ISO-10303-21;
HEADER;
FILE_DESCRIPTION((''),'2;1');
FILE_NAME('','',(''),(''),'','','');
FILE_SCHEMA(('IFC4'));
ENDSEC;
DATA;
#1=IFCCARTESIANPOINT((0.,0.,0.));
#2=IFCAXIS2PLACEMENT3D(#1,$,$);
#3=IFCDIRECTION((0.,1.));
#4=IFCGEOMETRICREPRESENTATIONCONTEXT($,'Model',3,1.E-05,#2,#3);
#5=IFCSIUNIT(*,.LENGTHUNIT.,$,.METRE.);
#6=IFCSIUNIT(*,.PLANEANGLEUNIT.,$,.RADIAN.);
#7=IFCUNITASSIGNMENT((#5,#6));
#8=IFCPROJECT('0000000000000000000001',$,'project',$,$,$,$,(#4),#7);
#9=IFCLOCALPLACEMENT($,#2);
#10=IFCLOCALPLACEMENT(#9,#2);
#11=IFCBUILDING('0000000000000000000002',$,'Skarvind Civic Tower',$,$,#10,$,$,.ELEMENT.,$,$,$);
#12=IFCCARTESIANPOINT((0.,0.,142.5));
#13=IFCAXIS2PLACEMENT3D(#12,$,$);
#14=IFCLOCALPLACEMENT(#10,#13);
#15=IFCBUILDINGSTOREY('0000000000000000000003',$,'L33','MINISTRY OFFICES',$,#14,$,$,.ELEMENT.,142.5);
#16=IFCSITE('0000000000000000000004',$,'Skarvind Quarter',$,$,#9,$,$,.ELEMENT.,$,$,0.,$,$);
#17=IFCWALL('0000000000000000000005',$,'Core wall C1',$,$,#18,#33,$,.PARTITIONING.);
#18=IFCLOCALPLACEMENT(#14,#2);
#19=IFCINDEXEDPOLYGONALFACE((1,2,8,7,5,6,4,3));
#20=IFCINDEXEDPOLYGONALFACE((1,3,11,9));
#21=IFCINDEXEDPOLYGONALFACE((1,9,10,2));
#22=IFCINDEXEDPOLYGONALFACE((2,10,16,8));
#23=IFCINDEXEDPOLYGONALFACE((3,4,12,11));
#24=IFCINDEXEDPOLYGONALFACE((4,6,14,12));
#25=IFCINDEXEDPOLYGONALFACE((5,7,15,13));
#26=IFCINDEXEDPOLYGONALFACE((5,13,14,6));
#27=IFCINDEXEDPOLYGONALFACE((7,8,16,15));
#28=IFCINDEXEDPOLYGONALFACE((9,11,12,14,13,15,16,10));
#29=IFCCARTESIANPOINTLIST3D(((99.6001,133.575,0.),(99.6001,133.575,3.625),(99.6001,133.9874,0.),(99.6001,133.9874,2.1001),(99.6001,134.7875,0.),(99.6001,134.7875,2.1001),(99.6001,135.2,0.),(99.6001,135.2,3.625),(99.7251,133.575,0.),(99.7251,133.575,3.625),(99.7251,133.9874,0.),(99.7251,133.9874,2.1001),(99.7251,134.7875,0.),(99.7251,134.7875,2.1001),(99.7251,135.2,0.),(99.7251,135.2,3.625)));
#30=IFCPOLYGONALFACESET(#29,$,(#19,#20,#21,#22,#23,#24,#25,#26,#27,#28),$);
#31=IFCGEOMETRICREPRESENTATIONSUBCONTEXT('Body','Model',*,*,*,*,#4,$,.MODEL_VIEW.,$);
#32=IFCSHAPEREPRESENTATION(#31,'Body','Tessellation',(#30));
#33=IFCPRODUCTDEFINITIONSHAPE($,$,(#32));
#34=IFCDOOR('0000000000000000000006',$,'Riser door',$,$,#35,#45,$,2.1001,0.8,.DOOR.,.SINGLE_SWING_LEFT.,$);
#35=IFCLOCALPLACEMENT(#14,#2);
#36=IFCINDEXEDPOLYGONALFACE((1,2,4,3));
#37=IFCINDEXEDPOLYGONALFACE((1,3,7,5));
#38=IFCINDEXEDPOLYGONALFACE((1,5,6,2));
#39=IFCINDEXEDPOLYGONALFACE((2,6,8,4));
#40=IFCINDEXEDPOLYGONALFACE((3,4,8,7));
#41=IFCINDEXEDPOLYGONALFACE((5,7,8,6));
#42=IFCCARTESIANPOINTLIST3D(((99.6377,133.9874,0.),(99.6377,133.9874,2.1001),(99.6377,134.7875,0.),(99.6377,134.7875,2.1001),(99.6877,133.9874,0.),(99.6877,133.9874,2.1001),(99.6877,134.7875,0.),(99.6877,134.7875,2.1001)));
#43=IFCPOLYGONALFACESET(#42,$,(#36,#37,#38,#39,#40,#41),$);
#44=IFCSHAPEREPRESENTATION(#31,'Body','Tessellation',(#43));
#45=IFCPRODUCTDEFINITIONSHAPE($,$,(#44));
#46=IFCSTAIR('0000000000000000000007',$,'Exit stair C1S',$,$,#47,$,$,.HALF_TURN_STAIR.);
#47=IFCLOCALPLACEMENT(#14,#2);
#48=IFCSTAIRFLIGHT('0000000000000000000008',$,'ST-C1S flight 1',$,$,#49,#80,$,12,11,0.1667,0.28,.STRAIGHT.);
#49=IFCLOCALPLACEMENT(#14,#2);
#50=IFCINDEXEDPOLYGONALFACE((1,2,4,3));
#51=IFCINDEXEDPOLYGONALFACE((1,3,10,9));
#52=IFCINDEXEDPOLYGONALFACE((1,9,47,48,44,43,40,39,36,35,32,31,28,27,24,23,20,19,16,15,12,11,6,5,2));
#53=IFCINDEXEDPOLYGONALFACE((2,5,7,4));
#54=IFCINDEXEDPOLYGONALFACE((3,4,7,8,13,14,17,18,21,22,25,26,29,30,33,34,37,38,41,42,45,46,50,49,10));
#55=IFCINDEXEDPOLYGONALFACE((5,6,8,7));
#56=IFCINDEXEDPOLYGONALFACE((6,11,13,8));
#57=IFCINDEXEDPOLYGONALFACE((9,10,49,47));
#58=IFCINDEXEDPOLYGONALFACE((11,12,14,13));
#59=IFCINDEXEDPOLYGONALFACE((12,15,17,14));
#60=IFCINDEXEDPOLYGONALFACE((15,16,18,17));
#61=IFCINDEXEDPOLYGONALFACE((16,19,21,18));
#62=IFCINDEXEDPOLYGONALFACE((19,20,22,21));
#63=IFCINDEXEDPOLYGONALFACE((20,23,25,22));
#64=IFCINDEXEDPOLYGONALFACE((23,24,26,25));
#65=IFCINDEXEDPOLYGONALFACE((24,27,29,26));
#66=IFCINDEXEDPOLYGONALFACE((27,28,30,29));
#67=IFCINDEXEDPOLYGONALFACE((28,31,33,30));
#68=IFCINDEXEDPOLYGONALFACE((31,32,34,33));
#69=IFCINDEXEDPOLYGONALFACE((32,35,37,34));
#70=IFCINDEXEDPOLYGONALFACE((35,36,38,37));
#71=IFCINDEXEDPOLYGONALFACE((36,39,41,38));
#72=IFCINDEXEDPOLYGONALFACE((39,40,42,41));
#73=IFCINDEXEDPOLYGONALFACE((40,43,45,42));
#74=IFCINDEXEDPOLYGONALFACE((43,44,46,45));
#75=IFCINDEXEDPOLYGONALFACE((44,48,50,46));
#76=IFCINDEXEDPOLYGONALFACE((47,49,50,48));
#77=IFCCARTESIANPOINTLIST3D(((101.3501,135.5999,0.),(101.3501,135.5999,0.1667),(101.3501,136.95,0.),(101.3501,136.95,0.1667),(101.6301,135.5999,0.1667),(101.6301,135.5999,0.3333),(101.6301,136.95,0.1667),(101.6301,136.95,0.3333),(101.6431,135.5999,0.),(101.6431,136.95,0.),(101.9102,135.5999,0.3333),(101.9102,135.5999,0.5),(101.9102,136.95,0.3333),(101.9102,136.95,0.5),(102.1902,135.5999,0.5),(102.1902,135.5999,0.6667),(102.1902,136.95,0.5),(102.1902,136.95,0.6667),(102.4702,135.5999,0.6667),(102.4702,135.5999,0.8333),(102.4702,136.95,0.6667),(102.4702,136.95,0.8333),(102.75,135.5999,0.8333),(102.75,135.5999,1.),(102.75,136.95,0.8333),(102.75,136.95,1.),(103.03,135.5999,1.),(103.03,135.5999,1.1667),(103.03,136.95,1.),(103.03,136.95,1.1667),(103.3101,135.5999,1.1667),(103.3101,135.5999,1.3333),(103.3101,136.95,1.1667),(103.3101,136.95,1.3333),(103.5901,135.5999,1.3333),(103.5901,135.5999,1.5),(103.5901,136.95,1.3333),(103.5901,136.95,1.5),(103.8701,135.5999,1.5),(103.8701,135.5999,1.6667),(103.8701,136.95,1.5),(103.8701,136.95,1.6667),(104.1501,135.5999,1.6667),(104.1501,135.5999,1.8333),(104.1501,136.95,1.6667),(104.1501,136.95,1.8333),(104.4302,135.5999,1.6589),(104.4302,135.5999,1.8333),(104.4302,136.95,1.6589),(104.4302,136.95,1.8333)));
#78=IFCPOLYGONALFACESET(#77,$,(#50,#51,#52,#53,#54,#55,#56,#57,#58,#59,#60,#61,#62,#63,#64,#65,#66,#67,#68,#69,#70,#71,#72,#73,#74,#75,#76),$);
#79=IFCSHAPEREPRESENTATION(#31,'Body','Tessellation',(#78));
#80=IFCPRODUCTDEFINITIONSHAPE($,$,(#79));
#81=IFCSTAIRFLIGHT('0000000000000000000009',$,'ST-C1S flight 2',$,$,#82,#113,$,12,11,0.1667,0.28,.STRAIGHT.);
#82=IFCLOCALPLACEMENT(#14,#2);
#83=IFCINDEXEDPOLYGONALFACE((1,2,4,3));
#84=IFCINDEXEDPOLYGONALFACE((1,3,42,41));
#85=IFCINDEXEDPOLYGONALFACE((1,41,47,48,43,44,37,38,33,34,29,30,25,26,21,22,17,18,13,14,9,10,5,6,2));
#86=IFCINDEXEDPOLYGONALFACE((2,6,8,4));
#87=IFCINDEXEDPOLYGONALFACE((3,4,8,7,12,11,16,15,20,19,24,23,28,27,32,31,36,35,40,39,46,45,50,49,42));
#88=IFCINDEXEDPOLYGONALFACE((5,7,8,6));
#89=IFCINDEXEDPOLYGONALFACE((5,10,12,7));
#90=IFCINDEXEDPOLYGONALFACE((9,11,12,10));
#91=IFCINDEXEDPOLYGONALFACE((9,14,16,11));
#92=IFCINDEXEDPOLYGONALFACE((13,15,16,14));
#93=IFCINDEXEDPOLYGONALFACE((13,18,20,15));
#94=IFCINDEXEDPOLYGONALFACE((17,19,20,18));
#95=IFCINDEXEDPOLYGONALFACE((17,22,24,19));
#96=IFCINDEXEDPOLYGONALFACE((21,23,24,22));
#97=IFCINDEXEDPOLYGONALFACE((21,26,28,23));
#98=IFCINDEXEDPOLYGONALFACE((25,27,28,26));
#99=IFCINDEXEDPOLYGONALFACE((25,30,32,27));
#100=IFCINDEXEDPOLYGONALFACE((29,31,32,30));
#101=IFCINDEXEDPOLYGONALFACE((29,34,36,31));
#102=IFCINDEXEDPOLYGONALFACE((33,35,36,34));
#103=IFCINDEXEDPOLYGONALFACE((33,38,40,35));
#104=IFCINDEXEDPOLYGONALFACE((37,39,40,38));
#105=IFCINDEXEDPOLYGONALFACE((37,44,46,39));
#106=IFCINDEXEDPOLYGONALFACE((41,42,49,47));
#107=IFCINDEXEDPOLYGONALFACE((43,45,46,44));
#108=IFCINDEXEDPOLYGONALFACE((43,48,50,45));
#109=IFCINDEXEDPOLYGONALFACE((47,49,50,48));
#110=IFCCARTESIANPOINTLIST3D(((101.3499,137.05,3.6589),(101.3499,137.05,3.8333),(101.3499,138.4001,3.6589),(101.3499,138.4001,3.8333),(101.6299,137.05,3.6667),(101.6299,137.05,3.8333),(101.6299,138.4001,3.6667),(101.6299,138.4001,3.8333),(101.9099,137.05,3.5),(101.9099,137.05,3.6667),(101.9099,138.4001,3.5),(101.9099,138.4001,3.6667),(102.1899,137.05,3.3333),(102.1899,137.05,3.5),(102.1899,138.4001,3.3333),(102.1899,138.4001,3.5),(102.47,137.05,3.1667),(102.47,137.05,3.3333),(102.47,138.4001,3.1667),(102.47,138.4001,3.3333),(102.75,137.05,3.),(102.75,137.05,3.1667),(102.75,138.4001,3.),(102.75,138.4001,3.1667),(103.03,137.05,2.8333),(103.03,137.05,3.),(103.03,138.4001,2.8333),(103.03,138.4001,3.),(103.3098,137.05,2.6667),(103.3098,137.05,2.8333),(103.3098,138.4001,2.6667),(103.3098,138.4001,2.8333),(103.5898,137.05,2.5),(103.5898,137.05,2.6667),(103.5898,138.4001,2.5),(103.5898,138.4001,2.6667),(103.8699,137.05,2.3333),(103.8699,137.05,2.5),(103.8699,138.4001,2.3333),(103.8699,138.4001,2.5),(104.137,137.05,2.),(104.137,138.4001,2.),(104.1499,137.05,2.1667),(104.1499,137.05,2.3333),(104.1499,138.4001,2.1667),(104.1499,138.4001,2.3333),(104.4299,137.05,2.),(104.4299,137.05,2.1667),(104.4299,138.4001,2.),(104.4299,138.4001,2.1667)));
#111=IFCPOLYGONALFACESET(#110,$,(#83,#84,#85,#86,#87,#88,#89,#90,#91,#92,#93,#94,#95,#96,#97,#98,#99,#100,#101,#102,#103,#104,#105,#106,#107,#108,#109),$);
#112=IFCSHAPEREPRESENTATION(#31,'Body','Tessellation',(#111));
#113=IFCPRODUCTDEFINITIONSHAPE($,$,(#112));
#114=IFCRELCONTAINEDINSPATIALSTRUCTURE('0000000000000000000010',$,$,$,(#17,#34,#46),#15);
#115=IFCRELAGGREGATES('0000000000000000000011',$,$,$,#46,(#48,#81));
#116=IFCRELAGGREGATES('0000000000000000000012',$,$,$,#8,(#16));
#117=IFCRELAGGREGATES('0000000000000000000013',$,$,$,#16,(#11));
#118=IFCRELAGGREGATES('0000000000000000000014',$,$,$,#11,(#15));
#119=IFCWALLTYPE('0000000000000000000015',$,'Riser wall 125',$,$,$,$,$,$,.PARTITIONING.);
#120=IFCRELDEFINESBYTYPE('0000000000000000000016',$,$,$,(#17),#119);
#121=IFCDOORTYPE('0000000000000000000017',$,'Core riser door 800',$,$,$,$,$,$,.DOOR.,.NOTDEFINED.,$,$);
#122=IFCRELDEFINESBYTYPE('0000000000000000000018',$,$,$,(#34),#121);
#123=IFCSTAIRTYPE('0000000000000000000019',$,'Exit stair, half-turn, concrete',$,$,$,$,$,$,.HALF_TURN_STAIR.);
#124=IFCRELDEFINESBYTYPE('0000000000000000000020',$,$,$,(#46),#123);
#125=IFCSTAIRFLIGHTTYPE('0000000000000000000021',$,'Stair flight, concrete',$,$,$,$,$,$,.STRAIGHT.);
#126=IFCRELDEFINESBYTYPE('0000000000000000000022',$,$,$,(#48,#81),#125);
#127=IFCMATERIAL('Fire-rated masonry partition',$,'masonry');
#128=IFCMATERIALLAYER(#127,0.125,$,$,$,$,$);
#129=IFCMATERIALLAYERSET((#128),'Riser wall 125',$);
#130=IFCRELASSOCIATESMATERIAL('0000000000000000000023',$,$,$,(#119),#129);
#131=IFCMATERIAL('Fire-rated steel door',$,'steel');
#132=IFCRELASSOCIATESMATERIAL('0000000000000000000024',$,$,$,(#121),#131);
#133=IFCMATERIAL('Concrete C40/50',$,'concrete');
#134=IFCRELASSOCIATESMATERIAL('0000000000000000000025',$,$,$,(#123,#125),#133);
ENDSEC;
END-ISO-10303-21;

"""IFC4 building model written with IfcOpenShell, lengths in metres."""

from ifc_helpers import new_model, si_unit, direction, frame, frame_2d, origin, place, context, subcontext, project, spatial, polyline, rectangle, outline, extrude, material, layer, layer_set, type_object, element, fill, aggregate, save


model = new_model("IFC4")

# Units and contexts
model_context = context("Model", 3, precision=1e-05, world=origin(), true_north=direction((0.0, 1.0)))
body_context = subcontext(model_context, "Body", "Model", "MODEL_VIEW")
ifc_project = project(units=[si_unit("LENGTHUNIT", "METRE"), si_unit("PLANEANGLEUNIT", "RADIAN")], contexts=[model_context])

# Site, building, storey
site_placement = place(None, origin())
site = spatial("IfcSite", under=ifc_project, at=site_placement, Name="Skarvind Quarter", CompositionType="ELEMENT", RefElevation=0.0)
building_placement = place(site_placement, origin())
building = spatial("IfcBuilding", under=site, at=building_placement, Name="Skarvind Civic Tower", CompositionType="ELEMENT")
storey_placement = place(building_placement, frame((0.0, 0.0, 142.5)))
storey = spatial("IfcBuildingStorey", under=building, at=storey_placement, Name="L33", Description="MINISTRY OFFICES", CompositionType="ELEMENT", Elevation=142.5)

# Shared definitions
ifc_material_1 = material(Name="Fire-rated steel door", Category="steel")

# Wall, opening, door
ifc_material_2 = material(Name="Fire-rated masonry partition", Category="masonry")
ifc_layer_1 = layer(ifc_material_2, 0.125)
ifc_layer_set_1 = layer_set([ifc_layer_1], Name="Riser wall 125")
wall_type_1 = type_object("IfcWallType", Name="Riser wall 125", PredefinedType="PARTITIONING", material=ifc_layer_set_1)
wall_1_placement = place(storey_placement, frame((99.6626, 133.575, 0.0), z_axis=(0.0, 0.0, 1.0), x_axis=(0.0, 1.0, 0.0)))
wall_1 = element("IfcWall", 1, at=wall_1_placement, inside=storey, type_object=wall_type_1, Name="Core wall C1", PredefinedType="PARTITIONING", context=body_context, shape_type="SweptSolid", body=[
    extrude(rectangle(XDim=1.625, YDim=0.125, at=frame_2d((0.8125, 0.0))), origin(), (0.0, 0.0, 1.0), 3.625),
])
opening_1_placement = place(wall_1_placement, frame((0.4126, 0.0, 0.0)))
opening_1 = element("IfcOpeningElement", 2, at=opening_1_placement, cuts=wall_1, PredefinedType="OPENING", context=body_context, shape_type="SweptSolid", body=[
    extrude(rectangle(XDim=0.8, YDim=2.1001, at=frame_2d((0.3999, 1.05))), frame((0.0, 0.0725, 0.0), z_axis=(0.0, -1.0, 0.0), x_axis=(1.0, 0.0, 0.0)), (0.0, 0.0, 1.0), 0.145),
])
door_type_1 = type_object("IfcDoorType", Name="Core riser door 800", OperationType="NOTDEFINED", PredefinedType="DOOR", material=ifc_material_1)
door_1_placement = place(opening_1_placement, origin())
door_1 = element("IfcDoor", 3, at=door_1_placement, inside=storey, type_object=door_type_1, Name="Riser door", OperationType="SINGLE_SWING_LEFT", OverallHeight=2.1001, OverallWidth=0.8, PredefinedType="DOOR", context=body_context, shape_type="SweptSolid", body=[
    extrude(rectangle(XDim=0.8, YDim=2.1001, at=frame_2d((0.3999, 1.05))), frame((0.0, 0.0249, 0.0), z_axis=(0.0, -1.0, 0.0), x_axis=(1.0, 0.0, 0.0)), (0.0, 0.0, 1.0), 0.05),
])
fill(opening_1, door_1)

# Stair, stair flights
ifc_material_3 = material(Name="Concrete C40/50", Category="concrete")
stair_type = type_object("IfcStairType", Name="Exit stair, half-turn, concrete", PredefinedType="HALF_TURN_STAIR", material=ifc_material_3)
stair_placement = place(storey_placement, origin())
stair = element("IfcStair", 4, at=stair_placement, inside=storey, type_object=stair_type, Name="Exit stair C1S", PredefinedType="HALF_TURN_STAIR")
stair_flight_type = type_object("IfcStairFlightType", Name="Stair flight, concrete", PredefinedType="STRAIGHT", material=ifc_material_3)
stair_flight_1_placement = place(storey_placement, frame((101.3501, 136.2749, 0.0), z_axis=(0.0, 0.0, 1.0), x_axis=(1.0, 0.0, 0.0)))
stair_flight_1 = element("IfcStairFlight", 5, at=stair_flight_1_placement, type_object=stair_flight_type, Name="ST-C1S flight 1", NumberOfRisers=12, NumberOfTreads=11, PredefinedType="STRAIGHT", RiserHeight=0.1667, TreadLength=0.28, context=body_context, shape_type="SweptSolid", body=[
    extrude(outline(polyline([(0.0, 0.0), (0.0, 0.1667), (0.28, 0.1667), (0.28, 0.3333), (0.5601, 0.3333), (0.5601, 0.5), (0.8401, 0.5), (0.8401, 0.6667), (1.1201, 0.6667), (1.1201, 0.8333), (1.3999, 0.8333), (1.3999, 1.0), (1.6799, 1.0), (1.6799, 1.1667), (1.96, 1.1667), (1.96, 1.3333), (2.24, 1.3333), (2.24, 1.5), (2.52, 1.5), (2.52, 1.6667), (2.8, 1.6667), (2.8, 1.8333), (3.0801, 1.8333), (3.0801, 2.0), (3.0801, 1.6589), (0.293, 0.0), (0.0, 0.0)])), frame((0.0, 0.675, 0.0), z_axis=(0.0, -1.0, 0.0), x_axis=(1.0, 0.0, 0.0)), (0.0, 0.0, 1.0), 1.3501),
])
stair_flight_2_placement = place(storey_placement, frame((104.4299, 137.7251, 2.0), z_axis=(0.0, 0.0, 1.0), x_axis=(-1.0, 0.0, 0.0)))
stair_flight_2 = element("IfcStairFlight", 6, at=stair_flight_2_placement, type_object=stair_flight_type, Name="ST-C1S flight 2", NumberOfRisers=12, NumberOfTreads=11, PredefinedType="STRAIGHT", RiserHeight=0.1667, TreadLength=0.28, context=body_context, shape_type="SweptSolid", body=[
    extrude(outline(polyline([(0.0, 0.0), (0.0, 0.1667), (0.28, 0.1667), (0.28, 0.3333), (0.5601, 0.3333), (0.5601, 0.5), (0.8401, 0.5), (0.8401, 0.6667), (1.1201, 0.6667), (1.1201, 0.8333), (1.3999, 0.8333), (1.3999, 1.0), (1.6799, 1.0), (1.6799, 1.1667), (1.96, 1.1667), (1.96, 1.3333), (2.24, 1.3333), (2.24, 1.5), (2.52, 1.5), (2.52, 1.6667), (2.8, 1.6667), (2.8, 1.8333), (3.0801, 1.8333), (3.0801, 2.0), (3.0801, 1.6589), (0.293, 0.0), (0.0, 0.0)])), frame((0.0, 0.675, 0.0), z_axis=(0.0, -1.0, 0.0), x_axis=(1.0, 0.0, 0.0)), (0.0, 0.0, 1.0), 1.3501),
])
aggregate(stair, [stair_flight_1, stair_flight_2])

save(model, "model.ifc")
